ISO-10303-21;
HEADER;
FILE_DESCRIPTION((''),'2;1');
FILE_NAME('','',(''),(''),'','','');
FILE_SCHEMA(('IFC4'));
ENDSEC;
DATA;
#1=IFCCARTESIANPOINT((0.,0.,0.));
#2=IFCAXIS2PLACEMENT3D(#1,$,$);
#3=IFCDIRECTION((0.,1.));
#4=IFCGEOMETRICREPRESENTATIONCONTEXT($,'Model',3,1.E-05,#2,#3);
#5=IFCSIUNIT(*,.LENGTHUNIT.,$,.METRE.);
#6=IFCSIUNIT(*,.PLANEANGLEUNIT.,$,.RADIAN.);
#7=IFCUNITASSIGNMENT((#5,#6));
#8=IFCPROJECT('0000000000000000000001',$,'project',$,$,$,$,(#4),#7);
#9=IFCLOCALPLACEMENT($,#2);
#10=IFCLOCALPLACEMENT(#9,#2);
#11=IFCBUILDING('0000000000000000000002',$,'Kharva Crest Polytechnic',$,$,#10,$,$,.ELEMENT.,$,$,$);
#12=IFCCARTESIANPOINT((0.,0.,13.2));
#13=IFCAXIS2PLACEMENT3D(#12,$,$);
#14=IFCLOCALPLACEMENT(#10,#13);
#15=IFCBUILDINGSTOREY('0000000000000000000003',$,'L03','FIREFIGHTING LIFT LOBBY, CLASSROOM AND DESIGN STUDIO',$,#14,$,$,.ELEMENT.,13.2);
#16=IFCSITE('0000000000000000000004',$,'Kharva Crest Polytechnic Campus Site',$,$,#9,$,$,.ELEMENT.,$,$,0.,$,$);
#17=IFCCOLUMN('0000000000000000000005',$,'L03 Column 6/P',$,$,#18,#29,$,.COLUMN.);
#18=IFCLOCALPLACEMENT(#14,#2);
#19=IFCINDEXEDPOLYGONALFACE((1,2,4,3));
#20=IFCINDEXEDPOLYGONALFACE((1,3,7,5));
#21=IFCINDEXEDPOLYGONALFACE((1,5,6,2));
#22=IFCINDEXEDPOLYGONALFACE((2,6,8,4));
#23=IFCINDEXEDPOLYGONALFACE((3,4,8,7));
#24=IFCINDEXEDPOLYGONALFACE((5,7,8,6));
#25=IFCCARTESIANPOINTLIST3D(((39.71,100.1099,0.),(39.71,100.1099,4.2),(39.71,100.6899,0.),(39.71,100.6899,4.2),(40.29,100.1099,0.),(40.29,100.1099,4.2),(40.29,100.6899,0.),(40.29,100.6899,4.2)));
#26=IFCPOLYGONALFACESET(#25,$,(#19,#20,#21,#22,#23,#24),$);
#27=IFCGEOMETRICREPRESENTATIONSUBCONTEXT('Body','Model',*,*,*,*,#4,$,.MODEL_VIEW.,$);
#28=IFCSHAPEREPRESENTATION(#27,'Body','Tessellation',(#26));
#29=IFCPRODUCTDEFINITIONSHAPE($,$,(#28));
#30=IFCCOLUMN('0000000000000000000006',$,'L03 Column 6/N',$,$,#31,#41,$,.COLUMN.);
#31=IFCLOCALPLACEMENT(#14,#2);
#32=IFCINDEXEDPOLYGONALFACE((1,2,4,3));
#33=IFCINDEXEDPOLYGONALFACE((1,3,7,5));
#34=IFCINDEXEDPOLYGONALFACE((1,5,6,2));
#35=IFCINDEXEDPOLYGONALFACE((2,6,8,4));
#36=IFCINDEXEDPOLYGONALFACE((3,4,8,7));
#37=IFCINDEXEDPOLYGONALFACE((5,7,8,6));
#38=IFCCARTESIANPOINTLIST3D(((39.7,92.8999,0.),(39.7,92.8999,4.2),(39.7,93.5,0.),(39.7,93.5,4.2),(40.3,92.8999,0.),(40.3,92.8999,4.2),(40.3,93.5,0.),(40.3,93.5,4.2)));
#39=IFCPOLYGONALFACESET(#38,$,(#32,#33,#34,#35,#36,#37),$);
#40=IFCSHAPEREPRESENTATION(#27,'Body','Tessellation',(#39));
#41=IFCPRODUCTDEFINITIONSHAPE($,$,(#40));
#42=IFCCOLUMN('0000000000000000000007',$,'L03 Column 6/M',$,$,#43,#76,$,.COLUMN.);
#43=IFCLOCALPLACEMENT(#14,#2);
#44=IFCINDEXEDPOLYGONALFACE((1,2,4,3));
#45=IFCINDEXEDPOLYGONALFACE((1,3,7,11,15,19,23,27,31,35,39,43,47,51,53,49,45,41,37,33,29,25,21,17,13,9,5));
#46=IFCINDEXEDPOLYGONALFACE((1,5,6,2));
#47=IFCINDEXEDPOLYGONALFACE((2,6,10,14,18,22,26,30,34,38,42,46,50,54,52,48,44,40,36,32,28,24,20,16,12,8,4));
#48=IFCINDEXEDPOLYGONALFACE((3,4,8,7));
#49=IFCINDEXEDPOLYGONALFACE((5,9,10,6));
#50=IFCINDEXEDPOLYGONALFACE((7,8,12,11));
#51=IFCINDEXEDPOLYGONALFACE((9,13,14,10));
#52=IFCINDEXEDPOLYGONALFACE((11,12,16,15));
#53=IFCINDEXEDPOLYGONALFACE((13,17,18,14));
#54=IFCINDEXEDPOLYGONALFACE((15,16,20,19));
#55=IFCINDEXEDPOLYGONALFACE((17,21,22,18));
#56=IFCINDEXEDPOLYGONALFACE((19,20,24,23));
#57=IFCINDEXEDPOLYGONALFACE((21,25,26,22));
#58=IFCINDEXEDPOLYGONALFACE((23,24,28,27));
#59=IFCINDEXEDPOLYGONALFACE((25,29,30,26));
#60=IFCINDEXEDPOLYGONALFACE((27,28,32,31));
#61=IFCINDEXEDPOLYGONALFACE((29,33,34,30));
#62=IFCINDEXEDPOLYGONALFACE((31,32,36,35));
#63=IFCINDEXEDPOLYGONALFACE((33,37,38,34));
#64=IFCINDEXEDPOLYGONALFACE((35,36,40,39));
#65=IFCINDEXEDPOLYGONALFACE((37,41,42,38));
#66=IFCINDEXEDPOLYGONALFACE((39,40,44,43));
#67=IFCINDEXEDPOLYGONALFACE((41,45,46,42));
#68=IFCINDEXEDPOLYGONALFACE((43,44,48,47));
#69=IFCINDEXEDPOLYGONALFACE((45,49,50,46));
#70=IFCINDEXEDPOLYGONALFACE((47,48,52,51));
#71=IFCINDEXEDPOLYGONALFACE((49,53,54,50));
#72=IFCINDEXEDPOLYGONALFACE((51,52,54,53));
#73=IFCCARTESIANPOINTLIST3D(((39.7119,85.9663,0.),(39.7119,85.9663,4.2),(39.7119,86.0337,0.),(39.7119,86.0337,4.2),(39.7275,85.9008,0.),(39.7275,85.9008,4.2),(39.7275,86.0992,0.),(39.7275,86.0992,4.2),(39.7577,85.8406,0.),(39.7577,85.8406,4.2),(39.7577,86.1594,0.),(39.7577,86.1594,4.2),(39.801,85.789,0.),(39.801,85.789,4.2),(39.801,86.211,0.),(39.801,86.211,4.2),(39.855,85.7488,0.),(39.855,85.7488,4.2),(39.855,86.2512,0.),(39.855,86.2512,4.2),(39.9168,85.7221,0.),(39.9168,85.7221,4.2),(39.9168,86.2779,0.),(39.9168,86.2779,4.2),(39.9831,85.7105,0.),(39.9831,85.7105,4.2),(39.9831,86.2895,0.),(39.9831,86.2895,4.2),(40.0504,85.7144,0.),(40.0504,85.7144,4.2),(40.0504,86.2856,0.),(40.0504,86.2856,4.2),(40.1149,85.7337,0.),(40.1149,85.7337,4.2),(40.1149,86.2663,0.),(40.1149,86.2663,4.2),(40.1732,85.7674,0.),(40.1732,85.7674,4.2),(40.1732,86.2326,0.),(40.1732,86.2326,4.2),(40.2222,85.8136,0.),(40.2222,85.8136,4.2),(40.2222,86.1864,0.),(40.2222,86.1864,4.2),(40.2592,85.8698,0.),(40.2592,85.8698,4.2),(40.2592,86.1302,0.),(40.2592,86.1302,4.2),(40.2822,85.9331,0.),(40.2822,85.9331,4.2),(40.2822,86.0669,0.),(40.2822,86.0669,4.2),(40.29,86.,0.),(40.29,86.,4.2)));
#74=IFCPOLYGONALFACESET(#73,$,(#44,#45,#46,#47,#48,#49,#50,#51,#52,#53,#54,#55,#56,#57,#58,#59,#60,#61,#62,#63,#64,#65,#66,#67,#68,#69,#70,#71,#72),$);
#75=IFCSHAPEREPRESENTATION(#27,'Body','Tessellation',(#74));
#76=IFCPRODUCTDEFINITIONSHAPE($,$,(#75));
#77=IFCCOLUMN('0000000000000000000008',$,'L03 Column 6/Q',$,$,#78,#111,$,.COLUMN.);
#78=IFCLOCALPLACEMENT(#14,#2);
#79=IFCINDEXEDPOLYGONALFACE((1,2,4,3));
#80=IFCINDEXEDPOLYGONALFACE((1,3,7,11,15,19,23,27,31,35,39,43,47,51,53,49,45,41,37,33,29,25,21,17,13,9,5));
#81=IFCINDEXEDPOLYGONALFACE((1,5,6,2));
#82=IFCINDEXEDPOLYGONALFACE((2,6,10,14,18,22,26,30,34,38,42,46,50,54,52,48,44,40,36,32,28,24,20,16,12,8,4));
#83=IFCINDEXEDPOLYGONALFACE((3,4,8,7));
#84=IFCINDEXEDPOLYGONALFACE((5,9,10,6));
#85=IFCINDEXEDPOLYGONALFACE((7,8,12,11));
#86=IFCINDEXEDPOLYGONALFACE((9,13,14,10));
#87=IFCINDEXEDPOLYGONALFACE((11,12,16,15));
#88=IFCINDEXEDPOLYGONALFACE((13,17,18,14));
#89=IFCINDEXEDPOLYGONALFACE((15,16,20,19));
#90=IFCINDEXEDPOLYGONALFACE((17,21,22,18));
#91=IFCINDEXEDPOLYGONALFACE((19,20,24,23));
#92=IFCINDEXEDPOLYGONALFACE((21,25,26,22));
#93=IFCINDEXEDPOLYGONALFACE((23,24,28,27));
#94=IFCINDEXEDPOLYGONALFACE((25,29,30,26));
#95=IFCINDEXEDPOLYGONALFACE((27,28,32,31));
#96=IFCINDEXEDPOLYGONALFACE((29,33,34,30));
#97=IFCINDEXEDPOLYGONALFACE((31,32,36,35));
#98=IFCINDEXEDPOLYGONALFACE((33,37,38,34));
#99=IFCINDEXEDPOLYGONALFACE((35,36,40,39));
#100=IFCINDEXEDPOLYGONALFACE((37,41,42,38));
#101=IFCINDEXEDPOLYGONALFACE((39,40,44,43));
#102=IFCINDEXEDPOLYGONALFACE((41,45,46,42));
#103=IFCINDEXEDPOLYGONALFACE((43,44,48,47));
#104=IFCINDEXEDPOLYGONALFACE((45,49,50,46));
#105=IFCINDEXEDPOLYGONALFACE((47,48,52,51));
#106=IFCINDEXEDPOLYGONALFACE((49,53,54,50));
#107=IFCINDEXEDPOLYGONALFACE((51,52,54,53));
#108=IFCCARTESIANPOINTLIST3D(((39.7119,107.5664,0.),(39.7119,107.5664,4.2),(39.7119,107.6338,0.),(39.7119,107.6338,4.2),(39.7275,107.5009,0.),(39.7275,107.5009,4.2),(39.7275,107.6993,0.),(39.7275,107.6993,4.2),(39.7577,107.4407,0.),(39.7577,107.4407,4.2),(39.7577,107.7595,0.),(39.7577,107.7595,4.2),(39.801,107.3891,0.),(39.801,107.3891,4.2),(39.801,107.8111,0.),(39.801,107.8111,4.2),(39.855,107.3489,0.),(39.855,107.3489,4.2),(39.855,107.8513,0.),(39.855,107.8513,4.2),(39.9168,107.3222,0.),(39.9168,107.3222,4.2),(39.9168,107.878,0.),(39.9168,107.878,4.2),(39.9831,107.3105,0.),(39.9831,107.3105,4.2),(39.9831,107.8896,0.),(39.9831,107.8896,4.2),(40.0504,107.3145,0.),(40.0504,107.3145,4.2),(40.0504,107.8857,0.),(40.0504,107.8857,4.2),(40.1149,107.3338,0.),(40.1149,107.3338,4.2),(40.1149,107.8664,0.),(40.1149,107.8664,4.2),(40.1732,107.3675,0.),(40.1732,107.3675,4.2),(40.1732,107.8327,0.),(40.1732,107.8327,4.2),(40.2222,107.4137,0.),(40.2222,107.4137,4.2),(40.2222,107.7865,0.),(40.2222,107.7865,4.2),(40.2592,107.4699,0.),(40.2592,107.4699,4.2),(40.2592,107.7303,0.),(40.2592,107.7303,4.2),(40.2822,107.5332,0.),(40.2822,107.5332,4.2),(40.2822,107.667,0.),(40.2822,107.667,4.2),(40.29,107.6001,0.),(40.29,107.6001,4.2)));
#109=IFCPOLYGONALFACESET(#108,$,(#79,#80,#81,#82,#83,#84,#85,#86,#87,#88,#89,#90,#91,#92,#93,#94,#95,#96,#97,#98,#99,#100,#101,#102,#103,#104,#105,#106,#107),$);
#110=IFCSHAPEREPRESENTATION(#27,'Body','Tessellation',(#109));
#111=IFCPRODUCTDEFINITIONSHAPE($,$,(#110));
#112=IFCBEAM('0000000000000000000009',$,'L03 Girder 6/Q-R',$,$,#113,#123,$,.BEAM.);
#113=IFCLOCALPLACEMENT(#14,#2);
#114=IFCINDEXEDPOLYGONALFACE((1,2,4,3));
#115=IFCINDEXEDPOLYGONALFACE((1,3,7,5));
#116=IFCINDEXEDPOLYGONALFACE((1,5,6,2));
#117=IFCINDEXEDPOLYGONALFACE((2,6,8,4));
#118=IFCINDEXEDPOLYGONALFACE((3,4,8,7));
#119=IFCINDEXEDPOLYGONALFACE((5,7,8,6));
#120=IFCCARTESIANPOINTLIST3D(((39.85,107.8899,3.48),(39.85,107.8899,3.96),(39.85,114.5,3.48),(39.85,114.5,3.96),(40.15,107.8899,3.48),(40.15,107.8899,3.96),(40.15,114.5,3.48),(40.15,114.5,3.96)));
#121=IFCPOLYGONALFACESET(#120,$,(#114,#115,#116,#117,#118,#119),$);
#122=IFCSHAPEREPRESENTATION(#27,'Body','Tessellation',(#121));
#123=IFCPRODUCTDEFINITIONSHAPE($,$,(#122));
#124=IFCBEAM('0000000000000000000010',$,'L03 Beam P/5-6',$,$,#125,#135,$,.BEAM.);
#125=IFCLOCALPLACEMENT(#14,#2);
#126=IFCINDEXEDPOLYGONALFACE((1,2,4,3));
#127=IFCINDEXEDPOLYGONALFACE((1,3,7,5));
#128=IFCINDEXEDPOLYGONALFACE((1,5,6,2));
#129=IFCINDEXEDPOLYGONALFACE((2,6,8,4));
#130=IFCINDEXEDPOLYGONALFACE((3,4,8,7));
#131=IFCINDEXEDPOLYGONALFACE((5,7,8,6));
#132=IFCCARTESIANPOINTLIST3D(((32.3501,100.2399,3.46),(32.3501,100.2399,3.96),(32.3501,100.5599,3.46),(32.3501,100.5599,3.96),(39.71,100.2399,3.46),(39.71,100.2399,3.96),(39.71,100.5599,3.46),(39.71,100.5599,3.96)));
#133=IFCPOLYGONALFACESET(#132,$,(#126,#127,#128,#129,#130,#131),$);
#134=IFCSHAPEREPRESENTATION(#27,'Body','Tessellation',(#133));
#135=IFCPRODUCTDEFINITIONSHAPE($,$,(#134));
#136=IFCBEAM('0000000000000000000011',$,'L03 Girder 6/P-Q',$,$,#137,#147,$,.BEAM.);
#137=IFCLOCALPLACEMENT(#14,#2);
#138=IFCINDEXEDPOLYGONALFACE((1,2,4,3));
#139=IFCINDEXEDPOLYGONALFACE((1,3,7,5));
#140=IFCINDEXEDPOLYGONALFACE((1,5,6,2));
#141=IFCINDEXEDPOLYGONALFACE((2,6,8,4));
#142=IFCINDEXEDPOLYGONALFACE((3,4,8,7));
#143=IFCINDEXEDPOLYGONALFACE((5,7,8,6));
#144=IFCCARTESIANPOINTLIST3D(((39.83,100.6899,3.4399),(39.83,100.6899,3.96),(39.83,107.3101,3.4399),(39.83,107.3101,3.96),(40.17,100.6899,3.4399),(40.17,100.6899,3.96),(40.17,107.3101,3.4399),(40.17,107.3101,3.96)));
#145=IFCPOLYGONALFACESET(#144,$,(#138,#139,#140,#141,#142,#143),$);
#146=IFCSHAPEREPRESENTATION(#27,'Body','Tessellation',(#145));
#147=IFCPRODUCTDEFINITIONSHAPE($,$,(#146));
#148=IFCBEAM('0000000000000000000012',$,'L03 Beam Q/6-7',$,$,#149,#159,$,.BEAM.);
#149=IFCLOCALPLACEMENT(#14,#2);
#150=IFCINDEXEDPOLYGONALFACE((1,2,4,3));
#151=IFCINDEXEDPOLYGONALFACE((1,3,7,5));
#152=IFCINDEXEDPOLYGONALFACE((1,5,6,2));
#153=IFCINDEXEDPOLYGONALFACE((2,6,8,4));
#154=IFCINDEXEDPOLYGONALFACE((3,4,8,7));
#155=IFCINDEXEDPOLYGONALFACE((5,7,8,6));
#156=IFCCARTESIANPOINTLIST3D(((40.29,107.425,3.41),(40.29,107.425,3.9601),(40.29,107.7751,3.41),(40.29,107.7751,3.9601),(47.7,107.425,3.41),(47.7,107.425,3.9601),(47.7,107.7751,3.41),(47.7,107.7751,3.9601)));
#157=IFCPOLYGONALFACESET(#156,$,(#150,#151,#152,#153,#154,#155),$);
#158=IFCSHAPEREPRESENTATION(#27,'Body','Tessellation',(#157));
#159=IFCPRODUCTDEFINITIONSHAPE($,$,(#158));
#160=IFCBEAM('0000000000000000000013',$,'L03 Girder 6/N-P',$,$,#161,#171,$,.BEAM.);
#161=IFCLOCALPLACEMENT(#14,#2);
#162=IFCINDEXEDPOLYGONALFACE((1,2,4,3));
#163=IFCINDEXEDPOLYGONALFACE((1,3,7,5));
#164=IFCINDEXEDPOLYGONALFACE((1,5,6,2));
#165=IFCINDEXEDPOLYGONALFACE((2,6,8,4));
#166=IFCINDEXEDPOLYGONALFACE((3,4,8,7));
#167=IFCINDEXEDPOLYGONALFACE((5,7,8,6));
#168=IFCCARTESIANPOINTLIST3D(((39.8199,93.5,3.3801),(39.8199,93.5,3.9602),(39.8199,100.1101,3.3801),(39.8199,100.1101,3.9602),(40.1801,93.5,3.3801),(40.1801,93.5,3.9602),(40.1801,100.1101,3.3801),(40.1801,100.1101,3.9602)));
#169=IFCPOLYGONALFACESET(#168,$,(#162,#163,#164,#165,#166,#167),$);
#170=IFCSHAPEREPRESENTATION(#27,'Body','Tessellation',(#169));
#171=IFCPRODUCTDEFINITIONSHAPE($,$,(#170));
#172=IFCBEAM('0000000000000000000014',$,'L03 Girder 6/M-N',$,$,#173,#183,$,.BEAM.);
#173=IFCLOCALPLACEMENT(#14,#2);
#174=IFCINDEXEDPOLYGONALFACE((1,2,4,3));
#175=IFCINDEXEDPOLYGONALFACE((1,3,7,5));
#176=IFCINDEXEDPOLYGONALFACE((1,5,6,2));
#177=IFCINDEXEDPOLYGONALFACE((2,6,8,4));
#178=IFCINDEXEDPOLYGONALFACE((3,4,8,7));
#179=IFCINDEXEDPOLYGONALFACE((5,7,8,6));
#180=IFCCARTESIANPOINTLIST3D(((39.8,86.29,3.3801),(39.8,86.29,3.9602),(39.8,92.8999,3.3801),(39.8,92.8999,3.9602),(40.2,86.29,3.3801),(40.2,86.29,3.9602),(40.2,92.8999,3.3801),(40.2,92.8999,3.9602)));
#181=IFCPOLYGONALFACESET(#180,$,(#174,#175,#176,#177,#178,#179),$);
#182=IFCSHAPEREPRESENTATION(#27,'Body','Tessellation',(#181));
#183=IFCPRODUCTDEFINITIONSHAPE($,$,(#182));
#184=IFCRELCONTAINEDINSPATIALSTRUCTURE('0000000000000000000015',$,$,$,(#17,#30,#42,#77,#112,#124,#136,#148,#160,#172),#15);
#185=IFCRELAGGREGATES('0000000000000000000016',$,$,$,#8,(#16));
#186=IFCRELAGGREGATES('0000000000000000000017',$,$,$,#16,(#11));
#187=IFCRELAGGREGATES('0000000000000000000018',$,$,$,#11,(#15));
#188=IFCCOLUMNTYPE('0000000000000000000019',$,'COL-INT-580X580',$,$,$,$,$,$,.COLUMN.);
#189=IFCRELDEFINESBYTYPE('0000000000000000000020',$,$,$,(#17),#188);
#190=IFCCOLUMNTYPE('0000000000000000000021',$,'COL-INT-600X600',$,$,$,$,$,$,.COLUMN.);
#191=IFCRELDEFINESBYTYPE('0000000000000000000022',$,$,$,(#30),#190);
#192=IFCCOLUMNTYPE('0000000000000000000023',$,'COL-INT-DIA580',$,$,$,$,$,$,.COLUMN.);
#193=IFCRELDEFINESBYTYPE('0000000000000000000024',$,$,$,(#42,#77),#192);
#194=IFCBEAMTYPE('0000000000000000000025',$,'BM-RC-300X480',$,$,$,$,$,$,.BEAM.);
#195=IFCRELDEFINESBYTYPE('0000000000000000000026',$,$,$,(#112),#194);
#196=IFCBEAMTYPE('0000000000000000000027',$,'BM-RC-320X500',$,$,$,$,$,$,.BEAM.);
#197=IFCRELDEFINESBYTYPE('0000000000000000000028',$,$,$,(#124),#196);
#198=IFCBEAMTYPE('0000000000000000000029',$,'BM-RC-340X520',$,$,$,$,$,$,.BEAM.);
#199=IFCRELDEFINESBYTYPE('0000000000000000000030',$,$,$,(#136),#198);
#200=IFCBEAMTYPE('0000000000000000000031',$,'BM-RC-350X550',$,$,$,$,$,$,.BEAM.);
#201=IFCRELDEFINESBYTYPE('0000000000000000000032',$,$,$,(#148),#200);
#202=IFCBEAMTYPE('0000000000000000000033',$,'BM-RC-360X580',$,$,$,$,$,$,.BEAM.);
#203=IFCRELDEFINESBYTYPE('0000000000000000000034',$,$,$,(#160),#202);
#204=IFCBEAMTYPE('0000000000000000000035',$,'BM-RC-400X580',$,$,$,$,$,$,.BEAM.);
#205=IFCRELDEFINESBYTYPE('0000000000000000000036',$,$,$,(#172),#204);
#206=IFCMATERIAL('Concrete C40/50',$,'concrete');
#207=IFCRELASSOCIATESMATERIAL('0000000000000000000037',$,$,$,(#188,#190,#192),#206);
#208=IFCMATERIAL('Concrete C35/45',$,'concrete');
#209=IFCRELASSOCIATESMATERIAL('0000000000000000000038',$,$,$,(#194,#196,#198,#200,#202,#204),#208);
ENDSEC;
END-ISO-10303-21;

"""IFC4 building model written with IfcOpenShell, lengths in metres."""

from ifc_helpers import new_model, si_unit, direction, frame, origin, origin_2d, place, context, subcontext, project, spatial, rectangle, circle, extrude, material, material_profile, profile_set, type_object, element, save


model = new_model("IFC4")

# Units and contexts
model_context = context("Model", 3, precision=1e-05, world=origin(), true_north=direction((0.0, 1.0)))
body_context = subcontext(model_context, "Body", "Model", "MODEL_VIEW")
ifc_project = project(units=[si_unit("LENGTHUNIT", "METRE"), si_unit("PLANEANGLEUNIT", "RADIAN")], contexts=[model_context])

# Site, building, storey
site_placement = place(None, origin())
site = spatial("IfcSite", under=ifc_project, at=site_placement, Name="Kharva Crest Polytechnic Campus Site", CompositionType="ELEMENT", RefElevation=0.0)
building_placement = place(site_placement, origin())
building = spatial("IfcBuilding", under=site, at=building_placement, Name="Kharva Crest Polytechnic", CompositionType="ELEMENT")
storey_placement = place(building_placement, frame((0.0, 0.0, 13.2)))
storey = spatial("IfcBuildingStorey", under=building, at=storey_placement, Name="L03", Description="FIREFIGHTING LIFT LOBBY, CLASSROOM AND DESIGN STUDIO", CompositionType="ELEMENT", Elevation=13.2)

# Columns
ifc_material_1 = material(Name="Concrete C40/50", Category="concrete")
ifc_material_profile_1 = material_profile(ifc_material_1, rectangle(XDim=0.5801, YDim=0.5801, at=origin_2d()), Name="RECT 580 X 580")
ifc_profile_set_1 = profile_set([ifc_material_profile_1], Name="Concrete C40/50")
column_type_1 = type_object("IfcColumnType", Name="COL-INT-580X580", PredefinedType="COLUMN", material=ifc_profile_set_1)
column_1_placement = place(storey_placement, frame((40.0, 100.3999, 0.0), z_axis=(0.0, 0.0, 1.0), x_axis=(1.0, 0.0, 0.0)))
element("IfcColumn", 1, at=column_1_placement, inside=storey, type_object=column_type_1, Name="L03 Column 6/P", PredefinedType="COLUMN", context=body_context, shape_type="SweptSolid", body=[
    extrude(rectangle(XDim=0.5801, YDim=0.5801, at=origin_2d()), origin(), (0.0, 0.0, 1.0), 4.2),
])
ifc_material_profile_2 = material_profile(ifc_material_1, rectangle(XDim=0.6001, YDim=0.6001, at=origin_2d()), Name="RECT 600 X 600")
ifc_profile_set_2 = profile_set([ifc_material_profile_2], Name="Concrete C40/50")
column_type_2 = type_object("IfcColumnType", Name="COL-INT-600X600", PredefinedType="COLUMN", material=ifc_profile_set_2)
column_2_placement = place(storey_placement, frame((40.0, 93.2, 0.0), z_axis=(0.0, 0.0, 1.0), x_axis=(1.0, 0.0, 0.0)))
element("IfcColumn", 2, at=column_2_placement, inside=storey, type_object=column_type_2, Name="L03 Column 6/N", PredefinedType="COLUMN", context=body_context, shape_type="SweptSolid", body=[
    extrude(rectangle(XDim=0.6001, YDim=0.6001, at=origin_2d()), origin(), (0.0, 0.0, 1.0), 4.2),
])
ifc_material_profile_3 = material_profile(ifc_material_1, circle(Radius=0.29, at=origin_2d()), Name="DIA 580")
ifc_profile_set_3 = profile_set([ifc_material_profile_3], Name="Concrete C40/50")
column_type_3 = type_object("IfcColumnType", Name="COL-INT-DIA580", PredefinedType="COLUMN", material=ifc_profile_set_3)
for number, where, z_axis, x_axis, name in (
    (3, (40.0, 86.0, 0.0), (0.0, 0.0, 1.0), (1.0, 0.0, 0.0), "L03 Column 6/M"),
    (4, (40.0, 107.6001, 0.0), (0.0, 0.0, 1.0), (1.0, 0.0, 0.0), "L03 Column 6/Q"),
):
    element("IfcColumn", number, at=place(storey_placement, frame(where, z_axis=z_axis, x_axis=x_axis)), inside=storey, type_object=column_type_3, Name=name, PredefinedType="COLUMN", context=body_context, shape_type="SweptSolid", body=[
        extrude(circle(Radius=0.29, at=origin_2d()), origin(), (0.0, 0.0, 1.0), 4.2),
    ])

# Beams
ifc_material_2 = material(Name="Concrete C35/45", Category="concrete")
ifc_material_profile_4 = material_profile(ifc_material_2, rectangle(XDim=0.3, YDim=0.48, at=origin_2d()), Name="RECT 300 X 480")
ifc_profile_set_4 = profile_set([ifc_material_profile_4], Name="Concrete C35/45")
beam_type_1 = type_object("IfcBeamType", Name="BM-RC-300X480", PredefinedType="BEAM", material=ifc_profile_set_4)
beam_1_placement = place(storey_placement, frame((40.0, 107.8899, 3.72), z_axis=(0.0, 1.0, 0.0), x_axis=(-1.0, 0.0, 0.0)))
element("IfcBeam", 5, at=beam_1_placement, inside=storey, type_object=beam_type_1, Name="L03 Girder 6/Q-R", PredefinedType="BEAM", context=body_context, shape_type="SweptSolid", body=[
    extrude(rectangle(XDim=0.3, YDim=0.48, at=origin_2d()), origin(), (0.0, 0.0, 1.0), 6.6101),
])
ifc_material_profile_5 = material_profile(ifc_material_2, rectangle(XDim=0.3201, YDim=0.5, at=origin_2d()), Name="RECT 320 X 500")
ifc_profile_set_5 = profile_set([ifc_material_profile_5], Name="Concrete C35/45")
beam_type_2 = type_object("IfcBeamType", Name="BM-RC-320X500", PredefinedType="BEAM", material=ifc_profile_set_5)
beam_2_placement = place(storey_placement, frame((32.3501, 100.3999, 3.71), z_axis=(1.0, 0.0, 0.0), x_axis=(0.0, 1.0, 0.0)))
element("IfcBeam", 6, at=beam_2_placement, inside=storey, type_object=beam_type_2, Name="L03 Beam P/5-6", PredefinedType="BEAM", context=body_context, shape_type="SweptSolid", body=[
    extrude(rectangle(XDim=0.3201, YDim=0.5, at=origin_2d()), origin(), (0.0, 0.0, 1.0), 7.3599),
])
ifc_material_profile_6 = material_profile(ifc_material_2, rectangle(XDim=0.3401, YDim=0.52, at=origin_2d()), Name="RECT 340 X 520")
ifc_profile_set_6 = profile_set([ifc_material_profile_6], Name="Concrete C35/45")
beam_type_3 = type_object("IfcBeamType", Name="BM-RC-340X520", PredefinedType="BEAM", material=ifc_profile_set_6)
beam_3_placement = place(storey_placement, frame((40.0, 100.6899, 3.7), z_axis=(0.0, 1.0, 0.0), x_axis=(-1.0, 0.0, 0.0)))
element("IfcBeam", 7, at=beam_3_placement, inside=storey, type_object=beam_type_3, Name="L03 Girder 6/P-Q", PredefinedType="BEAM", context=body_context, shape_type="SweptSolid", body=[
    extrude(rectangle(XDim=0.3401, YDim=0.52, at=origin_2d()), origin(), (0.0, 0.0, 1.0), 6.6201),
])
ifc_material_profile_7 = material_profile(ifc_material_2, rectangle(XDim=0.3501, YDim=0.55, at=origin_2d()), Name="RECT 350 X 550")
ifc_profile_set_7 = profile_set([ifc_material_profile_7], Name="Concrete C35/45")
beam_type_4 = type_object("IfcBeamType", Name="BM-RC-350X550", PredefinedType="BEAM", material=ifc_profile_set_7)
beam_4_placement = place(storey_placement, frame((40.29, 107.6001, 3.6851), z_axis=(1.0, 0.0, 0.0), x_axis=(0.0, 1.0, 0.0)))
element("IfcBeam", 8, at=beam_4_placement, inside=storey, type_object=beam_type_4, Name="L03 Beam Q/6-7", PredefinedType="BEAM", context=body_context, shape_type="SweptSolid", body=[
    extrude(rectangle(XDim=0.3501, YDim=0.55, at=origin_2d()), origin(), (0.0, 0.0, 1.0), 7.4099),
])
ifc_material_profile_8 = material_profile(ifc_material_2, rectangle(XDim=0.3601, YDim=0.5801, at=origin_2d()), Name="RECT 360 X 580")
ifc_profile_set_8 = profile_set([ifc_material_profile_8], Name="Concrete C35/45")
beam_type_5 = type_object("IfcBeamType", Name="BM-RC-360X580", PredefinedType="BEAM", material=ifc_profile_set_8)
beam_5_placement = place(storey_placement, frame((40.0, 93.5, 3.6702), z_axis=(0.0, 1.0, 0.0), x_axis=(-1.0, 0.0, 0.0)))
element("IfcBeam", 9, at=beam_5_placement, inside=storey, type_object=beam_type_5, Name="L03 Girder 6/N-P", PredefinedType="BEAM", context=body_context, shape_type="SweptSolid", body=[
    extrude(rectangle(XDim=0.3601, YDim=0.5801, at=origin_2d()), origin(), (0.0, 0.0, 1.0), 6.6101),
])
ifc_material_profile_9 = material_profile(ifc_material_2, rectangle(XDim=0.3999, YDim=0.5801, at=origin_2d()), Name="RECT 400 X 580")
ifc_profile_set_9 = profile_set([ifc_material_profile_9], Name="Concrete C35/45")
beam_type_6 = type_object("IfcBeamType", Name="BM-RC-400X580", PredefinedType="BEAM", material=ifc_profile_set_9)
beam_6_placement = place(storey_placement, frame((40.0, 86.29, 3.6702), z_axis=(0.0, 1.0, 0.0), x_axis=(-1.0, 0.0, 0.0)))
element("IfcBeam", 10, at=beam_6_placement, inside=storey, type_object=beam_type_6, Name="L03 Girder 6/M-N", PredefinedType="BEAM", context=body_context, shape_type="SweptSolid", body=[
    extrude(rectangle(XDim=0.3999, YDim=0.5801, at=origin_2d()), origin(), (0.0, 0.0, 1.0), 6.6099),
])

save(model, "model.ifc")
